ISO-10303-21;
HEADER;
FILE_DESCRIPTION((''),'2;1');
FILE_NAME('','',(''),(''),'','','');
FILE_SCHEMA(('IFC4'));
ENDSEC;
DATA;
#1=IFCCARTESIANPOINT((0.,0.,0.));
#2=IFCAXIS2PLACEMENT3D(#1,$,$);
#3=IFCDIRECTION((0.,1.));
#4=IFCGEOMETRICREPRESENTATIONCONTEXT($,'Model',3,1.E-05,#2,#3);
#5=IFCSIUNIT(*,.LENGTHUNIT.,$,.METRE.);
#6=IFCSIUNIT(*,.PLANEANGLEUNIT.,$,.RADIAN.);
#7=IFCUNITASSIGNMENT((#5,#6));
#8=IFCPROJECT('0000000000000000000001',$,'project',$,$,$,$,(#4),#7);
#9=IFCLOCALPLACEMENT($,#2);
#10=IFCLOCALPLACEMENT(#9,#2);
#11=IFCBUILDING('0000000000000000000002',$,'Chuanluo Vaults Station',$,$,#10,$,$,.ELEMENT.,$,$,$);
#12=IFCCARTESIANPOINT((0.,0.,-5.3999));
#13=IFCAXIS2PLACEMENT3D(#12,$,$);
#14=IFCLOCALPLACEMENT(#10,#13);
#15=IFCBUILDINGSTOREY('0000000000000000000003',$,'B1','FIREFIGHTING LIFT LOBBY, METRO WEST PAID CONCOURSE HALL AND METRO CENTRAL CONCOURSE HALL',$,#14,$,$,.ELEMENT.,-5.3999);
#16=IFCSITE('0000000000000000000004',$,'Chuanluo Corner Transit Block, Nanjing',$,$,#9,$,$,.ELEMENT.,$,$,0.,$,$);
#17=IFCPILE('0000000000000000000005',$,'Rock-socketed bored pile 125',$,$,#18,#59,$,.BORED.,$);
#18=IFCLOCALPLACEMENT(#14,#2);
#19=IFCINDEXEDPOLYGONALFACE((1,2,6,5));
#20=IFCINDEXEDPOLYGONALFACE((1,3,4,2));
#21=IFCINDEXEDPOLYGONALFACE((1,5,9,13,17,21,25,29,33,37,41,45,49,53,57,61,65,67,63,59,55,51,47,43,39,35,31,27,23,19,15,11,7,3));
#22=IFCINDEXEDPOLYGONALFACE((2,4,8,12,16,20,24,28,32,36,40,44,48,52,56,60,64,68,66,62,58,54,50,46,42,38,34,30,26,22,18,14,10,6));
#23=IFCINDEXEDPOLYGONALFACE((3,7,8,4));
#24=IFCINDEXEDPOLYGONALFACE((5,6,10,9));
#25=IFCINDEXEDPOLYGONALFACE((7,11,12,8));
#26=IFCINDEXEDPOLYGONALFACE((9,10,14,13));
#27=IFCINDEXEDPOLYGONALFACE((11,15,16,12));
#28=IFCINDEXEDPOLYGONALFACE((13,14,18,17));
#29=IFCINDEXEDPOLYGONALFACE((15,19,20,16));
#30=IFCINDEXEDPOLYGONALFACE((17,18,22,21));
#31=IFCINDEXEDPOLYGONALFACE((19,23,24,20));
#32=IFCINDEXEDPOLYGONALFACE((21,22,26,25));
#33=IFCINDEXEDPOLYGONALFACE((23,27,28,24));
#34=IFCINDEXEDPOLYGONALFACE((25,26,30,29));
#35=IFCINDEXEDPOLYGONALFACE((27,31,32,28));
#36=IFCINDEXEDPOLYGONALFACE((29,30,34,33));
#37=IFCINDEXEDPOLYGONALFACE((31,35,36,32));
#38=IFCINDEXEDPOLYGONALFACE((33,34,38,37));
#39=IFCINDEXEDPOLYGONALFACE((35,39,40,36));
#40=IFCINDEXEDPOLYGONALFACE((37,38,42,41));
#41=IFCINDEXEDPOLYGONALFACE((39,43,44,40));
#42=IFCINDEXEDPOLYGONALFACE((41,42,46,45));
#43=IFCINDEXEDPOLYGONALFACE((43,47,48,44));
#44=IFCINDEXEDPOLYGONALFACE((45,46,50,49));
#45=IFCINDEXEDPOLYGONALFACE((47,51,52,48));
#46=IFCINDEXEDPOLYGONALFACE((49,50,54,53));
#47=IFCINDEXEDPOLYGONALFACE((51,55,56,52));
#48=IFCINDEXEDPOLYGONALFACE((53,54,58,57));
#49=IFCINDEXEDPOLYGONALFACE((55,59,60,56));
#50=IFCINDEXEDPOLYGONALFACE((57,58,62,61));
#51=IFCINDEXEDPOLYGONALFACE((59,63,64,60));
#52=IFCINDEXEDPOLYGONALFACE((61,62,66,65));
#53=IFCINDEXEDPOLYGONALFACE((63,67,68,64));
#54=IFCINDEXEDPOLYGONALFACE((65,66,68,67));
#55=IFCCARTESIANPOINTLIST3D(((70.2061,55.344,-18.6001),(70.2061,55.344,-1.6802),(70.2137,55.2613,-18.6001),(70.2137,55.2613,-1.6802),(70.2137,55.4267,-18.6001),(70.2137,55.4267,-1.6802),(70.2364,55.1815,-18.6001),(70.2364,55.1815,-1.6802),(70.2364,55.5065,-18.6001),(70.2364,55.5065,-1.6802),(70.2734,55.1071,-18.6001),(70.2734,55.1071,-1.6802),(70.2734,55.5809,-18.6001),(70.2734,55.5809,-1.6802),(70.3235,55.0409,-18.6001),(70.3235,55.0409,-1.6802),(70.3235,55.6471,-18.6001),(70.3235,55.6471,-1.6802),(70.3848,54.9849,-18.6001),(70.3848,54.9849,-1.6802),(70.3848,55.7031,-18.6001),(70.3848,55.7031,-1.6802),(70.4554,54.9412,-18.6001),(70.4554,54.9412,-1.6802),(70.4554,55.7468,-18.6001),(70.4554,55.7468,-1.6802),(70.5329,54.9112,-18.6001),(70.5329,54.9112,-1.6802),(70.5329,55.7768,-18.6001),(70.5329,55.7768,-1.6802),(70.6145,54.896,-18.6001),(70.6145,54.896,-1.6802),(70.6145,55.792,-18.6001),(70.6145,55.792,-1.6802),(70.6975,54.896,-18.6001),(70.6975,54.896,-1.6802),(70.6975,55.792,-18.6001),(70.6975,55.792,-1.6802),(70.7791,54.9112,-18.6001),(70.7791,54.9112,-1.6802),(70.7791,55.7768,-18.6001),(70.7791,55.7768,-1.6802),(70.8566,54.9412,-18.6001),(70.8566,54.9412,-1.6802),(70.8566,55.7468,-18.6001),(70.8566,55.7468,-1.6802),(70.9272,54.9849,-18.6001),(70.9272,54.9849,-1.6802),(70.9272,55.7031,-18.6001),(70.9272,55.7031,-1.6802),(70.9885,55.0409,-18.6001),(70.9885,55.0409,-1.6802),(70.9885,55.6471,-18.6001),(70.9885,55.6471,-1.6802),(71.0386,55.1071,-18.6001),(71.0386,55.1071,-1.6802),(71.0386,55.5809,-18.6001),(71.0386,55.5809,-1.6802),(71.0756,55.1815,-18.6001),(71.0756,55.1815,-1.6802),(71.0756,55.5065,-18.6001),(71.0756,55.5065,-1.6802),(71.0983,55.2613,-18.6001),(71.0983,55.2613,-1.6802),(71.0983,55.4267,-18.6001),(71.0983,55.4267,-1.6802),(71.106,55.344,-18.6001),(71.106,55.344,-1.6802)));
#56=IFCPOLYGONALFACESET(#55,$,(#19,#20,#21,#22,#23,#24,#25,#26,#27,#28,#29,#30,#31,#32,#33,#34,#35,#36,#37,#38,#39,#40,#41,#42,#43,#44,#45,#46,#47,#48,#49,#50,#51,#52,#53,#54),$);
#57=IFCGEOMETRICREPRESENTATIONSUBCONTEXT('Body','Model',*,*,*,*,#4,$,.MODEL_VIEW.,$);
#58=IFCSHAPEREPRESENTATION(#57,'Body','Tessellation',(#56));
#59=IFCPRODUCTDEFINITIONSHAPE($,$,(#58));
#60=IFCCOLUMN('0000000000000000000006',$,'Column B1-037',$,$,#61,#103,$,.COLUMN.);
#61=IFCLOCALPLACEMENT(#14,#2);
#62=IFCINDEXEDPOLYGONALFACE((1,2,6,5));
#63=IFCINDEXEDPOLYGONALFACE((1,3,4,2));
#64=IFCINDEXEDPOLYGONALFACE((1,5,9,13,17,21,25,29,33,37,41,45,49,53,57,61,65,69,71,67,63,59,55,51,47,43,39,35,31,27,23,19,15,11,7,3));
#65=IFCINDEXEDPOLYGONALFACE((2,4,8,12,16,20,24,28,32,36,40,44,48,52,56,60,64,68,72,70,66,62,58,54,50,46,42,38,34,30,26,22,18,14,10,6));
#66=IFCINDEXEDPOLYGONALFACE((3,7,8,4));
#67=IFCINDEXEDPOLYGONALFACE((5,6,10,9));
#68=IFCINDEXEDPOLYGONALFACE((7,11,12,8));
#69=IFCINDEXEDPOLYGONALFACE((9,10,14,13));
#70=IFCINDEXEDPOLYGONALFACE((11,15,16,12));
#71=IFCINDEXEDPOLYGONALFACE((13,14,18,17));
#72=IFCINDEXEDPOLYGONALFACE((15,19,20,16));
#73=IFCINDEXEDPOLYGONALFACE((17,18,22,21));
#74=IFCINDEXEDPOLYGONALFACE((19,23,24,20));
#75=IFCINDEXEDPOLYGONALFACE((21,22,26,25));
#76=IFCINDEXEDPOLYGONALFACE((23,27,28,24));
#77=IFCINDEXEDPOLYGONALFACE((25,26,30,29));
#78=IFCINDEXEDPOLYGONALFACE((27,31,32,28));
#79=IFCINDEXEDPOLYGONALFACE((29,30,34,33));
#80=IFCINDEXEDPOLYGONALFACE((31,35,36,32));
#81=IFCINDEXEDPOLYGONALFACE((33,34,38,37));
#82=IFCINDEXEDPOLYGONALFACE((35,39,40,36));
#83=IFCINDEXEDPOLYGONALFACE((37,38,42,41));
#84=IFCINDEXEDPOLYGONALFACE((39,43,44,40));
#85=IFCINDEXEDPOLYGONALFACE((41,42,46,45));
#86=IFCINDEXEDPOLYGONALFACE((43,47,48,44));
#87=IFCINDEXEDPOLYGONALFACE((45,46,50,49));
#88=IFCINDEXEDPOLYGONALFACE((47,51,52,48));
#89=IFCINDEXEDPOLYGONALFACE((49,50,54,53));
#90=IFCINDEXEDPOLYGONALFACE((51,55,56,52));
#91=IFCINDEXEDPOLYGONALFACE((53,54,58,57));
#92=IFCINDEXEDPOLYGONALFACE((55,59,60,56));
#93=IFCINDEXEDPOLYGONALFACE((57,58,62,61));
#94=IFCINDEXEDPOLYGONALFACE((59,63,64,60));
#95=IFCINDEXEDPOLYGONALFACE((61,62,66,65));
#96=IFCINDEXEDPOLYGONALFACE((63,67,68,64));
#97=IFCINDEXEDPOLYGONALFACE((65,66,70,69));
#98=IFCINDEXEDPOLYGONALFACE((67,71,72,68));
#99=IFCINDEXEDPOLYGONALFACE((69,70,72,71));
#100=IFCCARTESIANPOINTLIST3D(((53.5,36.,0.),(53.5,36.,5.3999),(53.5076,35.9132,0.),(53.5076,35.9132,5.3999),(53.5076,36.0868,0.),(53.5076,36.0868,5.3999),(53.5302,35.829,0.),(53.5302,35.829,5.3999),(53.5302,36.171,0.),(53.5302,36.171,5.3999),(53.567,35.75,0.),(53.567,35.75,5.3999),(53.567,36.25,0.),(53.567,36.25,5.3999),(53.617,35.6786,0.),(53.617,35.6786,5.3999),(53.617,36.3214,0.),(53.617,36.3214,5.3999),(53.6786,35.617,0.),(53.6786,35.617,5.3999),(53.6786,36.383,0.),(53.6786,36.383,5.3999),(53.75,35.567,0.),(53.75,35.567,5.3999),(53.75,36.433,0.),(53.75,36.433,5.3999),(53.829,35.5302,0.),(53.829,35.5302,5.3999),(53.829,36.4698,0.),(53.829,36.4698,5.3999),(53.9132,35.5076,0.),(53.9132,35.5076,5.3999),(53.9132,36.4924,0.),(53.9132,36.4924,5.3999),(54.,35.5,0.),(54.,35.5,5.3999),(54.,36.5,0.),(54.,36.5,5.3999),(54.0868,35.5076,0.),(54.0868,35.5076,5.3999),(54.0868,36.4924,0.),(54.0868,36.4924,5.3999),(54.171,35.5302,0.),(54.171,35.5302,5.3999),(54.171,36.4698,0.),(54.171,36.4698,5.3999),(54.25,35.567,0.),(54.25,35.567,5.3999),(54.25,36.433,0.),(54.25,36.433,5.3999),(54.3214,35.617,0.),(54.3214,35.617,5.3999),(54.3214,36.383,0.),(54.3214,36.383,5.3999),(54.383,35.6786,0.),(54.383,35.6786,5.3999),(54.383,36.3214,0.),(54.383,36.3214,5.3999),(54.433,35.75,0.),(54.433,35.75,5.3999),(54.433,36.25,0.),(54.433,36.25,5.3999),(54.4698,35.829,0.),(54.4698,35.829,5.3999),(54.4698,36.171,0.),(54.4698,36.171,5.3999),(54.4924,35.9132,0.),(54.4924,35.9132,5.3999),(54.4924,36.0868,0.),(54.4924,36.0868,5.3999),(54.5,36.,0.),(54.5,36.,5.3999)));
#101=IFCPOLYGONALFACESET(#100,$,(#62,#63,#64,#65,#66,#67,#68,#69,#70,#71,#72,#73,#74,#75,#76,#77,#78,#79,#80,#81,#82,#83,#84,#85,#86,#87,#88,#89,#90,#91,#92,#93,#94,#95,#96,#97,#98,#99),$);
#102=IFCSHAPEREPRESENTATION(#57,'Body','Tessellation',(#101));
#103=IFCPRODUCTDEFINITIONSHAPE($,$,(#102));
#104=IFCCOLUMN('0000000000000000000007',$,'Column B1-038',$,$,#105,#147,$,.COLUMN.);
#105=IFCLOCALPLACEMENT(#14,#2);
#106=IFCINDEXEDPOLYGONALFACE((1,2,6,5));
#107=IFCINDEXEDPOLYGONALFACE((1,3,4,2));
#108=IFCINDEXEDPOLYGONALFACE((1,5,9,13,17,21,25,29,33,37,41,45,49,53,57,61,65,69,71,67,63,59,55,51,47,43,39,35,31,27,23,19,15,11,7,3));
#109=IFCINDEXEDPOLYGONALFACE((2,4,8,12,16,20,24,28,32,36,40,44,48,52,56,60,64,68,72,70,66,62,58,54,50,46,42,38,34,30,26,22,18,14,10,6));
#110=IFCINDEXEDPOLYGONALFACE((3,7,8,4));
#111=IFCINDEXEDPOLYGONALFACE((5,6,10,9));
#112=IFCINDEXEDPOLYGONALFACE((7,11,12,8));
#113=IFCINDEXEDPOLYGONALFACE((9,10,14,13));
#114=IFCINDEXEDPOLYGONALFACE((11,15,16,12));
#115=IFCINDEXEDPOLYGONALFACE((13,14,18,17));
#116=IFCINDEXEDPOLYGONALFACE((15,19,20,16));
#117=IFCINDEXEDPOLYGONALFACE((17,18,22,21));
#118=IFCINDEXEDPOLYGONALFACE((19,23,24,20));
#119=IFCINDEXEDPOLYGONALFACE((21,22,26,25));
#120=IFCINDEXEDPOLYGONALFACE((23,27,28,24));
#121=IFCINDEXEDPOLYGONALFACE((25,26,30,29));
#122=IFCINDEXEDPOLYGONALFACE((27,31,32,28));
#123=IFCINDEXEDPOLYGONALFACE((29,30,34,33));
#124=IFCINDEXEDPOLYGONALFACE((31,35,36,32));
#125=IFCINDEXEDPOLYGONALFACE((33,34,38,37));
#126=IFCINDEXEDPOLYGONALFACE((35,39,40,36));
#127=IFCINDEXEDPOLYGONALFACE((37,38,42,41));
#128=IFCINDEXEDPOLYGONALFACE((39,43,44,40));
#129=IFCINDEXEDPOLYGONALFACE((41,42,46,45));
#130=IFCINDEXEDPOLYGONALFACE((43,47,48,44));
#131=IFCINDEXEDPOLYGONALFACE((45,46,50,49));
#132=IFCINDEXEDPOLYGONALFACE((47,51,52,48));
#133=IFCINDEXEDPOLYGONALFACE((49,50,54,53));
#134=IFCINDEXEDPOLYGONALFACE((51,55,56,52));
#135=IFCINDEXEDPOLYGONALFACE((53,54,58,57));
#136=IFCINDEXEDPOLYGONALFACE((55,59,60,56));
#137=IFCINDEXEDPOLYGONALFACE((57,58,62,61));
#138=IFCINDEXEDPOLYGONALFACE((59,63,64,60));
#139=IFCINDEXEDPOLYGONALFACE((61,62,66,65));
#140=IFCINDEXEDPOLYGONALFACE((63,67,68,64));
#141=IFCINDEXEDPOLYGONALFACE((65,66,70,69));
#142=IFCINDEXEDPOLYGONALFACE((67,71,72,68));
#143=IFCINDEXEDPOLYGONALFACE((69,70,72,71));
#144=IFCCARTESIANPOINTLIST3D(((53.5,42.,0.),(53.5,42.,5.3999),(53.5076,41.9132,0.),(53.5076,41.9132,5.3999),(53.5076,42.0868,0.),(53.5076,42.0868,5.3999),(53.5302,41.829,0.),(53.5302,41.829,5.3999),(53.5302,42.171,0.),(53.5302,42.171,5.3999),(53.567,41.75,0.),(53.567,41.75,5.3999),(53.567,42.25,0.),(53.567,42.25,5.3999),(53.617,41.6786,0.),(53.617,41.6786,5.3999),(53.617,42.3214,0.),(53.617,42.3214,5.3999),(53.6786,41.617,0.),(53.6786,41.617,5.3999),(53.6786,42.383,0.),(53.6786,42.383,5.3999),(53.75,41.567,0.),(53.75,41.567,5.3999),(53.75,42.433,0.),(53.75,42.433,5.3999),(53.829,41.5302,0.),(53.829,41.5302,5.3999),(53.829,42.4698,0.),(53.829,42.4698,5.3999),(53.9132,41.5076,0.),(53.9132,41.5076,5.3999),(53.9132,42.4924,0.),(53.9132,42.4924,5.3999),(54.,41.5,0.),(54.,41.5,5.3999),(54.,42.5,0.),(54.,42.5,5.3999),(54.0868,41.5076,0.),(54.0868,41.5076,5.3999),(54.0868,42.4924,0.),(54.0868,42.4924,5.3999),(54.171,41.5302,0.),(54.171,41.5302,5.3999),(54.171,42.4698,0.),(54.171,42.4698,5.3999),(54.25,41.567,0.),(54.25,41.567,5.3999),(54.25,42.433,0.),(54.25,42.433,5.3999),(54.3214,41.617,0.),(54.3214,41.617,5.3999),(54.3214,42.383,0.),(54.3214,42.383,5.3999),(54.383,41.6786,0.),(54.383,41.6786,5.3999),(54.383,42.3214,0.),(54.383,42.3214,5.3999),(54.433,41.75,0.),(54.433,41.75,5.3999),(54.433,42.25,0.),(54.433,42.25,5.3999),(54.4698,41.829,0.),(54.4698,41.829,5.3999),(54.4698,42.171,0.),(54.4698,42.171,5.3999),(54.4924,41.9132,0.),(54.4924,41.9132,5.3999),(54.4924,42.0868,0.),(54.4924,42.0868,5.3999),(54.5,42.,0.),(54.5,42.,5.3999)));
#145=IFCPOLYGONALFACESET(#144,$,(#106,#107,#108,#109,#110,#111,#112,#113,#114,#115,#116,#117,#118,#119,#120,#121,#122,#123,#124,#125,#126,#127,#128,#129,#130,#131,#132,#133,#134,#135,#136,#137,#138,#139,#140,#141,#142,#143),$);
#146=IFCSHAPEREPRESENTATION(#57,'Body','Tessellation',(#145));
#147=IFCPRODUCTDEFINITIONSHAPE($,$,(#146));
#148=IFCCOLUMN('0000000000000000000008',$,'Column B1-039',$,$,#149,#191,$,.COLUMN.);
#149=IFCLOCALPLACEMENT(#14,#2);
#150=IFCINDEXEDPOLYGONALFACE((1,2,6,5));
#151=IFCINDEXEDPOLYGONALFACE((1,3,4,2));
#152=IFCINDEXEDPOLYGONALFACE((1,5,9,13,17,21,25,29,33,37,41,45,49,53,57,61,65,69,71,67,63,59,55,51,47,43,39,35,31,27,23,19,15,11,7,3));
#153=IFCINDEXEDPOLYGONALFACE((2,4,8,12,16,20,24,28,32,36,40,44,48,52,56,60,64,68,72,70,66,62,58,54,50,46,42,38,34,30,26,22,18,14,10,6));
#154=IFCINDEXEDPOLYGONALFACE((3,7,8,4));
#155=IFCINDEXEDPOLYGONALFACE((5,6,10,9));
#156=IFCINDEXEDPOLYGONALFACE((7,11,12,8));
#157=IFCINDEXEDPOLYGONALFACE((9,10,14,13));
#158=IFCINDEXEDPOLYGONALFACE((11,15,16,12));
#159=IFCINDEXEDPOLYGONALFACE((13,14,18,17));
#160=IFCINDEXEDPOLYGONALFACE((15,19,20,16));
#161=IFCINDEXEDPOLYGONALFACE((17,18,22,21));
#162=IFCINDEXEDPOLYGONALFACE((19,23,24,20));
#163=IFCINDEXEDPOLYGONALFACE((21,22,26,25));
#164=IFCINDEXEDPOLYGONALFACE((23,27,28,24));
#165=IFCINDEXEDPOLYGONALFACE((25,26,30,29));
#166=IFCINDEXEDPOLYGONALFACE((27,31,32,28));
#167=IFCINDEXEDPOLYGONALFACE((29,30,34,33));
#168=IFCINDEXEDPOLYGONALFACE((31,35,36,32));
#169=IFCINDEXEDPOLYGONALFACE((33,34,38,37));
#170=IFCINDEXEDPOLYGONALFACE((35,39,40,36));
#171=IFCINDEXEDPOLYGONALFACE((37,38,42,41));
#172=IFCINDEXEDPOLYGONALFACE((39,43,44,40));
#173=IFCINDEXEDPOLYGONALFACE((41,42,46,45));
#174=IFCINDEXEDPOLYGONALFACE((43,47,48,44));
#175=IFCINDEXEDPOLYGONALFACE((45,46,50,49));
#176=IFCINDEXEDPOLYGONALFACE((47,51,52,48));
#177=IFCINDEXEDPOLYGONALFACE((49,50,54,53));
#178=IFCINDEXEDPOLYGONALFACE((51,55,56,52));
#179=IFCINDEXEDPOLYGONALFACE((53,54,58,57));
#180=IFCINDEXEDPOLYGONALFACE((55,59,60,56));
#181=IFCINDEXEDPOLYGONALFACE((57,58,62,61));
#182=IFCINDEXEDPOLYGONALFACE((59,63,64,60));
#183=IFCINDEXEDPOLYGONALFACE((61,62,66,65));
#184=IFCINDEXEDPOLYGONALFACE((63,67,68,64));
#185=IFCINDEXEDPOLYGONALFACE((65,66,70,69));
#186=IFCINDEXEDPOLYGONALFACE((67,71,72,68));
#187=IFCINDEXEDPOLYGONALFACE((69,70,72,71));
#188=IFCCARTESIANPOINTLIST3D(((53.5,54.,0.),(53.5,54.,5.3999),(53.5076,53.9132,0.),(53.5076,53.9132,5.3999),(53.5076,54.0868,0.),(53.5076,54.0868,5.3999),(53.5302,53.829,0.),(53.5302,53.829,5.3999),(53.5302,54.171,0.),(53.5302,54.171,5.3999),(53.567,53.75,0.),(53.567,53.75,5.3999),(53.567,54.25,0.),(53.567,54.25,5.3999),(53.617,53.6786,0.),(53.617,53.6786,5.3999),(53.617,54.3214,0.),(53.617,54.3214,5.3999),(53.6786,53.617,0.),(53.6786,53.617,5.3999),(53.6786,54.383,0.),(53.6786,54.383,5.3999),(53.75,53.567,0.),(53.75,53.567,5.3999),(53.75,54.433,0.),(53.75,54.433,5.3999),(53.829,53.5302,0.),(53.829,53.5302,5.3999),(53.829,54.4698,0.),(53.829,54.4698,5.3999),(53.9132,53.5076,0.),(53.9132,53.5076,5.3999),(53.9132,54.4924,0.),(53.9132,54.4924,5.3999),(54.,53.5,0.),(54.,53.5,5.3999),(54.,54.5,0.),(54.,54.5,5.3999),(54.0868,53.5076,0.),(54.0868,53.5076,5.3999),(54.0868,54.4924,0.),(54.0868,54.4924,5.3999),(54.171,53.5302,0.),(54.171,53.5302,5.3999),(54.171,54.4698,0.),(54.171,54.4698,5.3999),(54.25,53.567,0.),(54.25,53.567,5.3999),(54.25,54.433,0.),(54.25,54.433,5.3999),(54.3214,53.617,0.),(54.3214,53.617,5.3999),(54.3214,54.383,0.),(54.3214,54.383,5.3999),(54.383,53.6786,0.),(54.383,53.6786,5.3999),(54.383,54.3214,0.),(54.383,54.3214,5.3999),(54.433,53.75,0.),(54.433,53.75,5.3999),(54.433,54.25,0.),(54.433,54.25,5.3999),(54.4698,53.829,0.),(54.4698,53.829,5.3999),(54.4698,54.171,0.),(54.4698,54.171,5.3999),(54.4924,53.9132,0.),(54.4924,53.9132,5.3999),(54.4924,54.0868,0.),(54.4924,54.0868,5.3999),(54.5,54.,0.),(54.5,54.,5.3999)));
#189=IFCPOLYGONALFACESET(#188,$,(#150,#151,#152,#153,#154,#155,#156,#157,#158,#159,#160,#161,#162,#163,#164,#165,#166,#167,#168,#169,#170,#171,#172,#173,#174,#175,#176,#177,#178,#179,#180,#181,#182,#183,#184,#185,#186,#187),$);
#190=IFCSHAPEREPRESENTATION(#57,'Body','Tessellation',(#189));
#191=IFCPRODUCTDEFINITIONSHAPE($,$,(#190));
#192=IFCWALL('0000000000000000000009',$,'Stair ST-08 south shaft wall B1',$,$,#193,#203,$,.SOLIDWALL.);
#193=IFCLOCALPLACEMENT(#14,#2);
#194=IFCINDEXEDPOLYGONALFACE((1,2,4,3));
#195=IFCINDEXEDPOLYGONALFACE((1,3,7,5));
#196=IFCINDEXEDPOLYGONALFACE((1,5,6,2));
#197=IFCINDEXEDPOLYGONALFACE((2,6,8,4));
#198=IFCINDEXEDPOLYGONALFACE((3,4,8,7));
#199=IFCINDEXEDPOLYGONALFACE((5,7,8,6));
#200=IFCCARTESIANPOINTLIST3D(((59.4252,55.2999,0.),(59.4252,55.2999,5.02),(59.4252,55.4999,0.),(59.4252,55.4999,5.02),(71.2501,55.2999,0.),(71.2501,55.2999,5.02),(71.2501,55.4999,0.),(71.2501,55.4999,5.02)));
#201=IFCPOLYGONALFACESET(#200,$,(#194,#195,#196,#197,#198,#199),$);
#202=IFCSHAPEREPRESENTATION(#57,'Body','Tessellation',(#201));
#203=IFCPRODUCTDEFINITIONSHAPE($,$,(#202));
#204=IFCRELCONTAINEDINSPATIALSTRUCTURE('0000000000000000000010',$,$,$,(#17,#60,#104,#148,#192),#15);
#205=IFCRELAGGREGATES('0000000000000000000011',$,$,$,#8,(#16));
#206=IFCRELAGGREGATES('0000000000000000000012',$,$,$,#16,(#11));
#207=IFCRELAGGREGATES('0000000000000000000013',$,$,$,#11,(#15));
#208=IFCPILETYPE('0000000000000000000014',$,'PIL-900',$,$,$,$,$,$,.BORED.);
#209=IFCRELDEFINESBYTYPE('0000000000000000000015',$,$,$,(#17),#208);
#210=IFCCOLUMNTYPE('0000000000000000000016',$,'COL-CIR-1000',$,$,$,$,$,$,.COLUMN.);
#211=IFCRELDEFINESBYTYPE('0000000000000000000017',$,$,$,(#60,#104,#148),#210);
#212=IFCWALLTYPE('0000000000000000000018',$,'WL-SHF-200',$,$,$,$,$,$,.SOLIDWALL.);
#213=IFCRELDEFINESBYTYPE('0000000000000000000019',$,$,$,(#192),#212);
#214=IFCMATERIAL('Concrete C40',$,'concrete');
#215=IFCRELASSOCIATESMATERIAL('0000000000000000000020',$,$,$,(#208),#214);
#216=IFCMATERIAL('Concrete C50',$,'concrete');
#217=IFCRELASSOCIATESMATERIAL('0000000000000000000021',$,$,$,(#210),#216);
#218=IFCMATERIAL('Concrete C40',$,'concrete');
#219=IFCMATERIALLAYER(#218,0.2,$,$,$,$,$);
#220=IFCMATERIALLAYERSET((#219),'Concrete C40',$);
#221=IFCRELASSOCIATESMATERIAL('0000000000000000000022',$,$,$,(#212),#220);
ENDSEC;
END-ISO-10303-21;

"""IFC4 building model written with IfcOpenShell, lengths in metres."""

from ifc_helpers import new_model, si_unit, direction, frame, frame_2d, origin, origin_2d, place, context, subcontext, project, spatial, rectangle, circle, extrude, material, layer, layer_set, material_profile, profile_set, type_object, element, save


model = new_model("IFC4")

# Units and contexts
model_context = context("Model", 3, precision=1e-05, world=origin(), true_north=direction((0.0, 1.0)))
body_context = subcontext(model_context, "Body", "Model", "MODEL_VIEW")
ifc_project = project(units=[si_unit("LENGTHUNIT", "METRE"), si_unit("PLANEANGLEUNIT", "RADIAN")], contexts=[model_context])

# Site, building, storey
site_placement = place(None, origin())
site = spatial("IfcSite", under=ifc_project, at=site_placement, Name="Chuanluo Corner Transit Block, Nanjing", CompositionType="ELEMENT", RefElevation=0.0)
building_placement = place(site_placement, origin())
building = spatial("IfcBuilding", under=site, at=building_placement, Name="Chuanluo Vaults Station", CompositionType="ELEMENT")
storey_placement = place(building_placement, frame((0.0, 0.0, -5.3999)))
storey = spatial("IfcBuildingStorey", under=building, at=storey_placement, Name="B1", Description="FIREFIGHTING LIFT LOBBY, METRO WEST PAID CONCOURSE HALL AND METRO CENTRAL CONCOURSE HALL", CompositionType="ELEMENT", Elevation=-5.3999)

# Pile
ifc_material_1 = material(Name="Concrete C40", Category="concrete")
ifc_material_profile_1 = material_profile(ifc_material_1, circle(Radius=0.45, at=origin_2d()))
ifc_profile_set_1 = profile_set([ifc_material_profile_1], Name="Concrete C40")
pile_type_1 = type_object("IfcPileType", Name="PIL-900", PredefinedType="BORED", material=ifc_profile_set_1)
for number, where, z_axis, x_axis, name in (
    (1, (70.656, 55.344, -1.6802), (0.0, 0.0, -1.0), (1.0, 0.0, 0.0), "Rock-socketed bored pile 125"),
):
    element("IfcPile", number, at=place(storey_placement, frame(where, z_axis=z_axis, x_axis=x_axis)), inside=storey, type_object=pile_type_1, Name=name, PredefinedType="BORED", context=body_context, shape_type="SweptSolid", body=[
        extrude(circle(Radius=0.45, at=origin_2d()), origin(), (0.0, 0.0, 1.0), 16.9199),
    ])

# Columns
ifc_material_2 = material(Name="Concrete C50", Category="concrete")
ifc_material_profile_2 = material_profile(ifc_material_2, circle(Radius=0.5, at=origin_2d()))
ifc_profile_set_2 = profile_set([ifc_material_profile_2], Name="Concrete C50")
column_type = type_object("IfcColumnType", Name="COL-CIR-1000", PredefinedType="COLUMN", material=ifc_profile_set_2)
for number, where, z_axis, x_axis, name in (
    (2, (54.0, 36.0, 0.0), (0.0, 0.0, 1.0), (1.0, 0.0, 0.0), "Column B1-037"),
    (3, (54.0, 42.0, 0.0), (0.0, 0.0, 1.0), (1.0, 0.0, 0.0), "Column B1-038"),
    (4, (54.0, 54.0, 0.0), (0.0, 0.0, 1.0), (1.0, 0.0, 0.0), "Column B1-039"),
):
    element("IfcColumn", number, at=place(storey_placement, frame(where, z_axis=z_axis, x_axis=x_axis)), inside=storey, type_object=column_type, Name=name, PredefinedType="COLUMN", context=body_context, shape_type="SweptSolid", body=[
        extrude(circle(Radius=0.5, at=origin_2d()), origin(), (0.0, 0.0, 1.0), 5.3999),
    ])

# Wall
ifc_material_3 = material(Name="Concrete C40", Category="concrete")
ifc_layer = layer(ifc_material_3, 0.2)
ifc_layer_set = layer_set([ifc_layer], Name="Concrete C40")
wall_type = type_object("IfcWallType", Name="WL-SHF-200", PredefinedType="SOLIDWALL", material=ifc_layer_set)
wall_1_placement = place(storey_placement, frame((59.425, 55.3999, 0.0), z_axis=(0.0, 0.0, 1.0), x_axis=(1.0, 0.0, 0.0)))
element("IfcWall", 5, at=wall_1_placement, inside=storey, type_object=wall_type, Name="Stair ST-08 south shaft wall B1", PredefinedType="SOLIDWALL", context=body_context, shape_type="SweptSolid", body=[
    extrude(rectangle(XDim=11.825, YDim=0.2, at=frame_2d((5.9126, 0.0))), origin(), (0.0, 0.0, 1.0), 5.02),
])

save(model, "model.ifc")
